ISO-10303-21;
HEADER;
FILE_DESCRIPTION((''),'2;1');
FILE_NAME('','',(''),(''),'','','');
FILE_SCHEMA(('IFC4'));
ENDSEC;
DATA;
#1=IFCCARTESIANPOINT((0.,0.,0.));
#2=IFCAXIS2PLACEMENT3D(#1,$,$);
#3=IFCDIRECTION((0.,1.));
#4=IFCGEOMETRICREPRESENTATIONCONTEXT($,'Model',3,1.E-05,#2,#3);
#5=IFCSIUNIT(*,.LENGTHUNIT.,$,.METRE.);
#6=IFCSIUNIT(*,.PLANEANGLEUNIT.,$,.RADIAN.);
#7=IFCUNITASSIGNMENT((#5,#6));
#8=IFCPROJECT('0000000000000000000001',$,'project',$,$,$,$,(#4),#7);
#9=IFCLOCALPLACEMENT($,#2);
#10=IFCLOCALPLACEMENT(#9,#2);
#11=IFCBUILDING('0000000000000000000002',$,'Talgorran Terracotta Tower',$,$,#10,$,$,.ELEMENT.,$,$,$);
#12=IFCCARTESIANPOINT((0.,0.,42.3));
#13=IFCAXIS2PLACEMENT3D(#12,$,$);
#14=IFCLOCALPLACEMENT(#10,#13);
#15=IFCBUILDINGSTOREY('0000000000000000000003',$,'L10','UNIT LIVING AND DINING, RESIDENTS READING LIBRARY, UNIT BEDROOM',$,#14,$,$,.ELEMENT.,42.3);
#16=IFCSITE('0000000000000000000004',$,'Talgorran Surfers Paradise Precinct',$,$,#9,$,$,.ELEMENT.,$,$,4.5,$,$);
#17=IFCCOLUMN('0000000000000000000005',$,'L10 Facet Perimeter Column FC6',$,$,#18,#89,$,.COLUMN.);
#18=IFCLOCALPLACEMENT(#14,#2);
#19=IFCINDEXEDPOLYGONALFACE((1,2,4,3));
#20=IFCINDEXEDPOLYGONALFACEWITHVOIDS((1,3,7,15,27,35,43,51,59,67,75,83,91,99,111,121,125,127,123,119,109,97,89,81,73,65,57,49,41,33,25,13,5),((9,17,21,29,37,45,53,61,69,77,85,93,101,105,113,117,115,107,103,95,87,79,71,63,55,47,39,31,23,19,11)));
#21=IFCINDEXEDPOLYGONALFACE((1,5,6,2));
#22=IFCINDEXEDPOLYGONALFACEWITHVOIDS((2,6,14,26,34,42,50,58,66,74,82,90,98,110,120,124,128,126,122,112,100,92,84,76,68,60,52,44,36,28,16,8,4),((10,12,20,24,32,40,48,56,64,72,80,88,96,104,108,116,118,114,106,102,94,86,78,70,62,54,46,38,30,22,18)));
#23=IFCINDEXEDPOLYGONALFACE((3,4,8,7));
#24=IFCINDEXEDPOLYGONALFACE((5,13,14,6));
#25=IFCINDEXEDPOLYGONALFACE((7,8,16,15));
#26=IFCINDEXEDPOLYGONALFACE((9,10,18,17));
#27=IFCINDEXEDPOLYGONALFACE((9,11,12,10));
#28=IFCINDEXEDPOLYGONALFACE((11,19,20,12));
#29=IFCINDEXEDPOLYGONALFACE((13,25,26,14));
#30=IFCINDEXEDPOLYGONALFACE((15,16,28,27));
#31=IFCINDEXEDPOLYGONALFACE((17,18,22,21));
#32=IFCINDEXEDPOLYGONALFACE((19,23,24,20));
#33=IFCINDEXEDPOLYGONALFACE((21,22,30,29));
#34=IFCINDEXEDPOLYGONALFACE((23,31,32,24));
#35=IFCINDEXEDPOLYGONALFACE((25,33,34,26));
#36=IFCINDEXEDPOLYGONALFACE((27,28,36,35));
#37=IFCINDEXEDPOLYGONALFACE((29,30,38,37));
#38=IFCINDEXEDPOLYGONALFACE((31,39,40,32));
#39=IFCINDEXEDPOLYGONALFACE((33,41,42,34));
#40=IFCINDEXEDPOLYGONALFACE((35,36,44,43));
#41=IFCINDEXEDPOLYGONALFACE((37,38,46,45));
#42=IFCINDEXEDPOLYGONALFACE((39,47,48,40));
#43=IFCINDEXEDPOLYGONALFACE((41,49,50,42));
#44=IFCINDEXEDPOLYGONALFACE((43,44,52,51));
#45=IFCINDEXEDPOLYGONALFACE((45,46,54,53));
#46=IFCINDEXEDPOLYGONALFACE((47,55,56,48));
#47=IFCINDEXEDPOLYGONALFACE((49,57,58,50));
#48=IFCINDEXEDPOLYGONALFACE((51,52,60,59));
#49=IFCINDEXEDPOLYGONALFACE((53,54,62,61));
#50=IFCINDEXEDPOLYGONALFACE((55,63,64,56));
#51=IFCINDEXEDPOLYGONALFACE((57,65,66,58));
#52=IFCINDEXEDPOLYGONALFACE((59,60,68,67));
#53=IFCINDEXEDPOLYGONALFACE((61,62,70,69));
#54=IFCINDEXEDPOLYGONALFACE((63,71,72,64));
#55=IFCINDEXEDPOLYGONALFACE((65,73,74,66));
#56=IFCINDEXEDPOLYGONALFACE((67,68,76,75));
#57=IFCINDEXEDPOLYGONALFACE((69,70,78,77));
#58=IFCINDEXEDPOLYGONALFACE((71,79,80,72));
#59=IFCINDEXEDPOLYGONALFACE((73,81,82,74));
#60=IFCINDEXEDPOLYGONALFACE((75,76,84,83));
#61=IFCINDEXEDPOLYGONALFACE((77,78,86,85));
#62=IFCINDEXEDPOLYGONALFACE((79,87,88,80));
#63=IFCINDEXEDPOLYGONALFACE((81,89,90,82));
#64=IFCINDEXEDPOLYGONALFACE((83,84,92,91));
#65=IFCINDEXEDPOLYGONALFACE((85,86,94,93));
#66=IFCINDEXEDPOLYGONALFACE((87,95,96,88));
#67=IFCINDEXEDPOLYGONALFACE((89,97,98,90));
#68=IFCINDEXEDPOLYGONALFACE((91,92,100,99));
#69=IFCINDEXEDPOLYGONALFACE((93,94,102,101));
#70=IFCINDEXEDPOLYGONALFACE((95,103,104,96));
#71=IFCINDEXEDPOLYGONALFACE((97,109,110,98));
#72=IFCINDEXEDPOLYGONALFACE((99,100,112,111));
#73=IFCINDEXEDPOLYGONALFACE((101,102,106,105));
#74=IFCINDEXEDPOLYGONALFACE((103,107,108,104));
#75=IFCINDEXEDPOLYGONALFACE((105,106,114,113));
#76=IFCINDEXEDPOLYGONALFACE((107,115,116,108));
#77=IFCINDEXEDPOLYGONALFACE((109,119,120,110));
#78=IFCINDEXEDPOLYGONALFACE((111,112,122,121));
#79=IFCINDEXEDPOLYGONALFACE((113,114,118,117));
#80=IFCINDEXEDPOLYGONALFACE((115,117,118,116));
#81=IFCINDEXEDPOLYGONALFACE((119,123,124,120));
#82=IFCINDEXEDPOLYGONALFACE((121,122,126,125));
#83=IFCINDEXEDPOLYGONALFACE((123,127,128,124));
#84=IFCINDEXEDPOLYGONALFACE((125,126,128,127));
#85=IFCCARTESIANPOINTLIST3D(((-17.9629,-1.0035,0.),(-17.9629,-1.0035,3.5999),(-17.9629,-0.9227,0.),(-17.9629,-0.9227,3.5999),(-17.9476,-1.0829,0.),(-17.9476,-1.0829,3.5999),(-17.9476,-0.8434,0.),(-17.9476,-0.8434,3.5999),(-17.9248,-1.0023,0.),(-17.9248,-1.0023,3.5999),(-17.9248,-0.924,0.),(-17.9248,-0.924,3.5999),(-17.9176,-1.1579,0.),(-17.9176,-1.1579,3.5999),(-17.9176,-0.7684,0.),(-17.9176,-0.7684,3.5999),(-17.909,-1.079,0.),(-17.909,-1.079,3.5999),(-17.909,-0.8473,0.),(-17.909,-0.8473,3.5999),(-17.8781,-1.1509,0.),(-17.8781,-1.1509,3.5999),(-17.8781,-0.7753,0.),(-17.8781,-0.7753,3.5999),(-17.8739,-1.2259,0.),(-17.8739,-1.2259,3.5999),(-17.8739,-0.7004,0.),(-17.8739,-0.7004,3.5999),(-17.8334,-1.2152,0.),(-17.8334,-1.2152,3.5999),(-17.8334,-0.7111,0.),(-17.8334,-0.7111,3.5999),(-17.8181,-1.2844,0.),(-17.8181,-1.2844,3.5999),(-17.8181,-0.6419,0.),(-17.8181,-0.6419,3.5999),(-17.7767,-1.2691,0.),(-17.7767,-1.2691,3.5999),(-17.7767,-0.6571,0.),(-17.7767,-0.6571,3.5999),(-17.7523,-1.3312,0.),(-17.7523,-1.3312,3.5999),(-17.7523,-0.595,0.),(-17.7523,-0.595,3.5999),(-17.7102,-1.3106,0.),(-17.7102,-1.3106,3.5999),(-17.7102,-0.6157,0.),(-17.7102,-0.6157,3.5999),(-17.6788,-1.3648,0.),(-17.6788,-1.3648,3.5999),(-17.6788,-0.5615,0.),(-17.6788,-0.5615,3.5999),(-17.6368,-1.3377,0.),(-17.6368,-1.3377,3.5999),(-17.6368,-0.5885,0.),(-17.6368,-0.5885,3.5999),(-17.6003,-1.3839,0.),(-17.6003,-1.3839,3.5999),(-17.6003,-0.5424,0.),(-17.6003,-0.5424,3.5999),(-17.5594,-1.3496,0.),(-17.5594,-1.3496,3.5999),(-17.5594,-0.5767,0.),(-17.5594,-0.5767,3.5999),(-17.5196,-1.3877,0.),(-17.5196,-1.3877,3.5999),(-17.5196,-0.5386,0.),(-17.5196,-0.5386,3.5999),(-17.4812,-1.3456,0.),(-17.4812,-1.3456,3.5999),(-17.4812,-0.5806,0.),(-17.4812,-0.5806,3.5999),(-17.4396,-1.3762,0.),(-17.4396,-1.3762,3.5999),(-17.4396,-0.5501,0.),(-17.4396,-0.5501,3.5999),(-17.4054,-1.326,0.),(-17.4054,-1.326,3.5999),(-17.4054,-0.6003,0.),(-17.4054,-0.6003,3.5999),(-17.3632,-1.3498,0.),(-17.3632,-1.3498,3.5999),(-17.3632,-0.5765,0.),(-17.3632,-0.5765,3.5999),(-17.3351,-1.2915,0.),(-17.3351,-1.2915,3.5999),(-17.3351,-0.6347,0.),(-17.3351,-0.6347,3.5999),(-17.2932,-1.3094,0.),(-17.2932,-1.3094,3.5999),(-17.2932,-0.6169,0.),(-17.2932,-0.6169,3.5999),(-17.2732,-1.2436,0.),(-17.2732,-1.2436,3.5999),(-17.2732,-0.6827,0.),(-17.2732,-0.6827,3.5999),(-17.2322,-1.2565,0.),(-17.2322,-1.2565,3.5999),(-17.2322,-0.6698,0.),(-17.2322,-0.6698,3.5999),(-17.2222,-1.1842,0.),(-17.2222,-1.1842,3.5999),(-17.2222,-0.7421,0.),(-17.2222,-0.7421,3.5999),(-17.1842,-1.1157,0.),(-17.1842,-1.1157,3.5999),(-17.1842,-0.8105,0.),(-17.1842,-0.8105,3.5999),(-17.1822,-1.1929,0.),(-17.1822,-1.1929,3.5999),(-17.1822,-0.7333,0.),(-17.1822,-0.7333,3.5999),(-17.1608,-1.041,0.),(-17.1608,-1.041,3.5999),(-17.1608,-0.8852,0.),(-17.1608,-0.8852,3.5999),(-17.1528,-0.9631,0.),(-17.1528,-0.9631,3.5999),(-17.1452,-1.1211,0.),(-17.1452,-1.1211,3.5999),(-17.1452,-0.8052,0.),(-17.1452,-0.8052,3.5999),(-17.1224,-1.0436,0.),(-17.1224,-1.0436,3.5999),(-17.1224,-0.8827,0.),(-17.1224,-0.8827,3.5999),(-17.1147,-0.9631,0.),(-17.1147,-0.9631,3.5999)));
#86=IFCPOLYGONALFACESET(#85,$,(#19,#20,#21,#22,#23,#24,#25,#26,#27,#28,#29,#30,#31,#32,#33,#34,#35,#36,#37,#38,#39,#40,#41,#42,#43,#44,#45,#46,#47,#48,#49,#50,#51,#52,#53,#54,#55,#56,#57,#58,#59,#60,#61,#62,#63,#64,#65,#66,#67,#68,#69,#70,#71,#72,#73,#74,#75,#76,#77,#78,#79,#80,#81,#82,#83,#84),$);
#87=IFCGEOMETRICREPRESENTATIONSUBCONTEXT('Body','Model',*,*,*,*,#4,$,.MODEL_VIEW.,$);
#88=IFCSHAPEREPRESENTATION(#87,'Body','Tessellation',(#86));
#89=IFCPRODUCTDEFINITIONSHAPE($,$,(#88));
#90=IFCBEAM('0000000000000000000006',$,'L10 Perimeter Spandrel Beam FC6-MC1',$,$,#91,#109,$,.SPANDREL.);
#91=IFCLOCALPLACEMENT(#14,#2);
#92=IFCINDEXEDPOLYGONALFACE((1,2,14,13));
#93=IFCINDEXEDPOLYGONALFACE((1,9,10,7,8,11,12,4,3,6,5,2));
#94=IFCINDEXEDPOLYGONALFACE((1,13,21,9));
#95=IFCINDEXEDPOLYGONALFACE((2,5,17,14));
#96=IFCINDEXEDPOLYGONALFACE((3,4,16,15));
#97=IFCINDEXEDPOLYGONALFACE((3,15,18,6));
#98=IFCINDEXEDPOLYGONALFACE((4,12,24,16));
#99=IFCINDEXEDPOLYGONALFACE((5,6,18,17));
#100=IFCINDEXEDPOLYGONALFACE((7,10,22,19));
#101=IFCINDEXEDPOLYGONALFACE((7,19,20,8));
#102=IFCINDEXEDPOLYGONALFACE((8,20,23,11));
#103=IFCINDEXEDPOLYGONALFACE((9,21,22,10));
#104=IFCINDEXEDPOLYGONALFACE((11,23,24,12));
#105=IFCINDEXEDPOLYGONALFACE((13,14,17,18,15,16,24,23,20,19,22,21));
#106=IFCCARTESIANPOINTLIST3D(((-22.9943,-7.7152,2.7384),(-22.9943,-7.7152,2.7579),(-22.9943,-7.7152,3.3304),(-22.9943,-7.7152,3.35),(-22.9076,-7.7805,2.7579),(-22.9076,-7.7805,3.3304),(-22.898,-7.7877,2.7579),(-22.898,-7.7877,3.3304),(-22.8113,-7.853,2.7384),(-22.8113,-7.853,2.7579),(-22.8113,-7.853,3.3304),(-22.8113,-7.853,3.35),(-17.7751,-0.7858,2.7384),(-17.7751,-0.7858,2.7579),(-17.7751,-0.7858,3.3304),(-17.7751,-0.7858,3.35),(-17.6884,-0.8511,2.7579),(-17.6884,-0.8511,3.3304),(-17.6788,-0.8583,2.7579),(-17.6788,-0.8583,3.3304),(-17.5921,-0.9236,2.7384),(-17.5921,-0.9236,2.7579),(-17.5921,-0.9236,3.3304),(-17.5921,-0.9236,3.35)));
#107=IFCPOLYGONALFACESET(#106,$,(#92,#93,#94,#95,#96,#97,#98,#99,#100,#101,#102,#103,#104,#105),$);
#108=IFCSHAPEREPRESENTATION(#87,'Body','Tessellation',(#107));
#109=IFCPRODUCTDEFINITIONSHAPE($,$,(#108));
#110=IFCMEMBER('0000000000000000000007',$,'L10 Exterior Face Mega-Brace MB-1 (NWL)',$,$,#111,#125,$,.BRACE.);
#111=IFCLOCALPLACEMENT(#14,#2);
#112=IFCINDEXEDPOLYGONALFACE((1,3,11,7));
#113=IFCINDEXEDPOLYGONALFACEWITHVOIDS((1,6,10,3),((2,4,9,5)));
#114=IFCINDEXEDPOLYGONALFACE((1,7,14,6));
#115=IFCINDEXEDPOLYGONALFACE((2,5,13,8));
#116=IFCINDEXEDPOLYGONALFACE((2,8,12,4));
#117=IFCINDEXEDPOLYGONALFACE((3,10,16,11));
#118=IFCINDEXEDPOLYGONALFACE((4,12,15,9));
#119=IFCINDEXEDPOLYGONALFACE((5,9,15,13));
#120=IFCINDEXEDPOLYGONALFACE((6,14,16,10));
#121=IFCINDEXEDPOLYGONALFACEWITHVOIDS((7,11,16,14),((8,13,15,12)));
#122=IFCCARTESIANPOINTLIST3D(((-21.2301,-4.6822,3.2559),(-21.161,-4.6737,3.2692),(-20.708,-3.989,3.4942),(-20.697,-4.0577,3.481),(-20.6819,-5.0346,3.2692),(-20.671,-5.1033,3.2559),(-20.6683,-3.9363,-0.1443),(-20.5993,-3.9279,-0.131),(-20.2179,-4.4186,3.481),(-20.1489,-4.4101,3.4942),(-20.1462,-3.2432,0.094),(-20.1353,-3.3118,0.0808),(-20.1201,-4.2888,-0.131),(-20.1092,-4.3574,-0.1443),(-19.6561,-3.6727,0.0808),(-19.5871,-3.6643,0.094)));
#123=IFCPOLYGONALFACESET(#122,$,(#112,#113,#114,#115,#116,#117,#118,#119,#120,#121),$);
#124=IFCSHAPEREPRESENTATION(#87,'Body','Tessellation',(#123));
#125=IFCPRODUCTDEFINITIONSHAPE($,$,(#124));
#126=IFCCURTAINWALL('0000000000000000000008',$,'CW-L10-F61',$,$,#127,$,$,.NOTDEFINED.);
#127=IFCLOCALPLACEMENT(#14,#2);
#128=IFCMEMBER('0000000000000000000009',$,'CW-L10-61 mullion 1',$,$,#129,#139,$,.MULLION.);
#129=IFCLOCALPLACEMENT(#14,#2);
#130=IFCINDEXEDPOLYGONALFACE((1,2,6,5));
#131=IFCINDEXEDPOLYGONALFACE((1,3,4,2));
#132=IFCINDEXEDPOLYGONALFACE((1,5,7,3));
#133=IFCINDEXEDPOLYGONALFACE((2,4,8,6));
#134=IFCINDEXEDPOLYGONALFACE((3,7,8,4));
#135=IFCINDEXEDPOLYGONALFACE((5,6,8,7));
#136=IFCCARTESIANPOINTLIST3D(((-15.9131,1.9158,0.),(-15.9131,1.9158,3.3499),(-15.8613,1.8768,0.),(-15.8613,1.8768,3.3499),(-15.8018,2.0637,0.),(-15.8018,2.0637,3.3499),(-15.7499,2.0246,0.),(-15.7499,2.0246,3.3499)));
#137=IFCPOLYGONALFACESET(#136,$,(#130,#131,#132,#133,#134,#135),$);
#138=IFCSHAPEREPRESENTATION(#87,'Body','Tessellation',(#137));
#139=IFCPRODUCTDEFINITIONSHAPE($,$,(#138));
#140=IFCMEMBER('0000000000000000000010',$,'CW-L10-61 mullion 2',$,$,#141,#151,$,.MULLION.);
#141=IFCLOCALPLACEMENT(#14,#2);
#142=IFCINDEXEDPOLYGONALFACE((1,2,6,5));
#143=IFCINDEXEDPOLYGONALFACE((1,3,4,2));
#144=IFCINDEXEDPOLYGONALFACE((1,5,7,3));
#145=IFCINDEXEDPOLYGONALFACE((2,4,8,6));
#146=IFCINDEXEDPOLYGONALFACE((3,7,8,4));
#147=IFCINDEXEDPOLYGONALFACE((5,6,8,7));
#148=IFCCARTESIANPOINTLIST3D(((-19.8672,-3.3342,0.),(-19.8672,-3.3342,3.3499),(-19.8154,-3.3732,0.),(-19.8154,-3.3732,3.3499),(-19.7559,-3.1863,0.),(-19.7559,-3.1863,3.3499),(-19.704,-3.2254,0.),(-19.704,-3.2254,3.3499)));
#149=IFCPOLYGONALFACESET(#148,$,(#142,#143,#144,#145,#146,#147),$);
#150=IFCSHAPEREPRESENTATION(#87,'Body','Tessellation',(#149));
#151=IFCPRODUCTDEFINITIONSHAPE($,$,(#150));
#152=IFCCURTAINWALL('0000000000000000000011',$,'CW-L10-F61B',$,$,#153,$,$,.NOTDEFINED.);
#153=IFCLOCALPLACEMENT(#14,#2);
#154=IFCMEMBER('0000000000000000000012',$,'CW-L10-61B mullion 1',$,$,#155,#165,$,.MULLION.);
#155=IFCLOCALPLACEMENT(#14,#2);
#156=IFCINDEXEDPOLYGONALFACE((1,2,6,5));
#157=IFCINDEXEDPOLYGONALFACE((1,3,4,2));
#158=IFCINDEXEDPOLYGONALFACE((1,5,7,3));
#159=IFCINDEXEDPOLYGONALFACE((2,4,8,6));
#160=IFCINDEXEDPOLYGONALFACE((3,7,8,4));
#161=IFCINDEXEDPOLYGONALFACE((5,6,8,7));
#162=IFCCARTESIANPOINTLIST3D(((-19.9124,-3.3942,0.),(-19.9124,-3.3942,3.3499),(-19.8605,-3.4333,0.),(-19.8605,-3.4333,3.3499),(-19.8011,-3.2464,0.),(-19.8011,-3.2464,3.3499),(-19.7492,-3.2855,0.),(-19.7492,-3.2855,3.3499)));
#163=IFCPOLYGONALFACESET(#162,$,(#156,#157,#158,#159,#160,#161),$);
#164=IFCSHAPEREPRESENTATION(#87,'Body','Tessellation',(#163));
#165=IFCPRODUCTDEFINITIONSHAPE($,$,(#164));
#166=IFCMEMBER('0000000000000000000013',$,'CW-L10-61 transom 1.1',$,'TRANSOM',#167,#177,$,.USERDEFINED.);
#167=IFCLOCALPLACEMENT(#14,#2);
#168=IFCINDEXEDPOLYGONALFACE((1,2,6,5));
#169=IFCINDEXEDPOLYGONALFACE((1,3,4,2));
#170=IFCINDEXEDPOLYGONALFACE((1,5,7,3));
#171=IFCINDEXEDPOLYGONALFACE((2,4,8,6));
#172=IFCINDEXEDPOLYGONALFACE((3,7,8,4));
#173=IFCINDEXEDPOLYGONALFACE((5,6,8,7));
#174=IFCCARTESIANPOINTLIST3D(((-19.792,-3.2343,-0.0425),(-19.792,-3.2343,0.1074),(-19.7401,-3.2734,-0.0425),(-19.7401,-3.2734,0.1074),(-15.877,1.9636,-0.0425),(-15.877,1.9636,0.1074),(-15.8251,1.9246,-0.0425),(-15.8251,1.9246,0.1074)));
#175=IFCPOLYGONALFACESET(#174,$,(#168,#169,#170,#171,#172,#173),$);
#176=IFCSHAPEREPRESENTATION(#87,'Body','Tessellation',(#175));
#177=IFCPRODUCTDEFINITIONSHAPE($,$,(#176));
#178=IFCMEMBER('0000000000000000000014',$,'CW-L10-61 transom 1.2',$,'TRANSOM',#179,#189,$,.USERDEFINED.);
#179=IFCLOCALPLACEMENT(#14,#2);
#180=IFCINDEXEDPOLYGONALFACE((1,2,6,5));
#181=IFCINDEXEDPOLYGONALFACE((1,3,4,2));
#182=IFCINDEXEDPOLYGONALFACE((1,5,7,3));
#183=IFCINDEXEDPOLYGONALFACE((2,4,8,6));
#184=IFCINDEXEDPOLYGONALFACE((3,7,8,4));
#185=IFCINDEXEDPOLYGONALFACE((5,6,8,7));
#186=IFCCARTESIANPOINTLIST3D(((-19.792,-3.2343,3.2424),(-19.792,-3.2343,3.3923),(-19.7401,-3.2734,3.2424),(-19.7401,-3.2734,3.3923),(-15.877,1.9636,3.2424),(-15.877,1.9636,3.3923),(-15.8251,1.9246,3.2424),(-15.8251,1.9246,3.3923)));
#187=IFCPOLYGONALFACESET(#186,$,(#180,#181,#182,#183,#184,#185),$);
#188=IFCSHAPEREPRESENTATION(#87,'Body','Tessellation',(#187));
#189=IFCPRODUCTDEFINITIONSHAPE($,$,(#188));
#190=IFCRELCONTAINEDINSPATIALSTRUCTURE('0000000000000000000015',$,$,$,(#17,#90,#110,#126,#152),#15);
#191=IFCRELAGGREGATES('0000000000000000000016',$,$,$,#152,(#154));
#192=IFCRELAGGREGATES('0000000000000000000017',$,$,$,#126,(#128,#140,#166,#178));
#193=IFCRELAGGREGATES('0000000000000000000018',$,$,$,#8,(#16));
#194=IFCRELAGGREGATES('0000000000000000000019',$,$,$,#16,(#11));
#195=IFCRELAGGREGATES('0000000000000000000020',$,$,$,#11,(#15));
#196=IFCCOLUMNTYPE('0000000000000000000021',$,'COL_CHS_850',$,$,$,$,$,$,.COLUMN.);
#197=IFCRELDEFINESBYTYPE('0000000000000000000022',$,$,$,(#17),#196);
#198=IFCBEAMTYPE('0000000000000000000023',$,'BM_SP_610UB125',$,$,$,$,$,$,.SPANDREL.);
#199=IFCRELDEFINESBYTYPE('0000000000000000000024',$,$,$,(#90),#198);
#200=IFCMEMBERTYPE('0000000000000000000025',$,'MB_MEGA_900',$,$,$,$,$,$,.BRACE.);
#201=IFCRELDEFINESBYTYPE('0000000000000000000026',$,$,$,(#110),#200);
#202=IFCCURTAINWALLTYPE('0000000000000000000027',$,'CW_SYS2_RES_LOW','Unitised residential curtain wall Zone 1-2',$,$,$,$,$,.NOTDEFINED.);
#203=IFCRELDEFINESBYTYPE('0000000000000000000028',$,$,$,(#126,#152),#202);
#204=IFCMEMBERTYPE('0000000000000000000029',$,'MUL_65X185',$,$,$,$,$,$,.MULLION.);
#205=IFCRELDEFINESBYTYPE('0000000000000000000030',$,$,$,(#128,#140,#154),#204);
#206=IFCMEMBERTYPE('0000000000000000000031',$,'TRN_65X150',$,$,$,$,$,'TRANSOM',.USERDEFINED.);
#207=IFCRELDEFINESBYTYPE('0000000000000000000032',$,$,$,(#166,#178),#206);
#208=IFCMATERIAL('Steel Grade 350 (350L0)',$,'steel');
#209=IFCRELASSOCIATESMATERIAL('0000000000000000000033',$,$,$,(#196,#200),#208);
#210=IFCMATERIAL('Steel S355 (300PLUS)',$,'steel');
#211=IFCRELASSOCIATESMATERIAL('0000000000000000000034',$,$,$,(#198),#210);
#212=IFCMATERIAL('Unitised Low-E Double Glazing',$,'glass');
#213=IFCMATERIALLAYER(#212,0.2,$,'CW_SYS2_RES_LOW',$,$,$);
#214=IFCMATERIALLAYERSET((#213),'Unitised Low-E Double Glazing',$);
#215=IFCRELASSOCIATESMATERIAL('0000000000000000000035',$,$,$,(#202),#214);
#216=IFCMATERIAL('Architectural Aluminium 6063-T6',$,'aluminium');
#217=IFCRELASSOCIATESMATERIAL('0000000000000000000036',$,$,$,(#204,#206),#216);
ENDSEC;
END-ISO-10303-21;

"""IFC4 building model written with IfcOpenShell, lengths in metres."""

from ifc_helpers import new_model, si_unit, direction, frame, origin, origin_2d, place, context, subcontext, project, spatial, rectangle, hollow_rectangle, hollow_circle, i_section, extrude, material, layer, layer_set, material_profile, profile_set, type_object, element, aggregate, save


model = new_model("IFC4")

# Units and contexts
model_context = context("Model", 3, precision=1e-05, world=origin(), true_north=direction((0.0, 1.0)))
body_context = subcontext(model_context, "Body", "Model", "MODEL_VIEW")
ifc_project = project(units=[si_unit("LENGTHUNIT", "METRE"), si_unit("PLANEANGLEUNIT", "RADIAN")], contexts=[model_context])

# Site, building, storey
site_placement = place(None, origin())
site = spatial("IfcSite", under=ifc_project, at=site_placement, Name="Talgorran Surfers Paradise Precinct", CompositionType="ELEMENT", RefElevation=4.5)
building_placement = place(site_placement, origin())
building = spatial("IfcBuilding", under=site, at=building_placement, Name="Talgorran Terracotta Tower", CompositionType="ELEMENT")
storey_placement = place(building_placement, frame((0.0, 0.0, 42.3)))
storey = spatial("IfcBuildingStorey", under=building, at=storey_placement, Name="L10", Description="UNIT LIVING AND DINING, RESIDENTS READING LIBRARY, UNIT BEDROOM", CompositionType="ELEMENT", Elevation=42.3)

# Column
ifc_material_1 = material(Name="Steel Grade 350 (350L0)", Category="steel")
ifc_material_profile_1 = material_profile(ifc_material_1, hollow_circle(Radius=0.425, WallThickness=0.0381, at=origin_2d()), Name="CHS850X38")
ifc_profile_set_1 = profile_set([ifc_material_profile_1], Name="Steel Grade 350 (350L0)")
column_type = type_object("IfcColumnType", Name="COL_CHS_850", PredefinedType="COLUMN", material=ifc_profile_set_1)
column_placement = place(storey_placement, frame((-17.5398, -0.9631, 0.0), z_axis=(0.0, 0.0, 1.0), x_axis=(1.0, 0.0, 0.0)))
element("IfcColumn", 1, at=column_placement, inside=storey, type_object=column_type, Name="L10 Facet Perimeter Column FC6", PredefinedType="COLUMN", context=body_context, shape_type="SweptSolid", body=[
    extrude(hollow_circle(Radius=0.425, WallThickness=0.0381, at=origin_2d()), origin(), (0.0, 0.0, 1.0), 3.5999),
])

# Beam
ifc_material_2 = material(Name="Steel S355 (300PLUS)", Category="steel")
ifc_material_profile_2 = material_profile(ifc_material_2, i_section(OverallWidth=0.229, OverallDepth=0.6116, WebThickness=0.012, FlangeThickness=0.0195, at=origin_2d()), Name="610UB125")
ifc_profile_set_2 = profile_set([ifc_material_profile_2], Name="Steel S355 (300PLUS)")
beam_type = type_object("IfcBeamType", Name="BM_SP_610UB125", PredefinedType="SPANDREL", material=ifc_profile_set_2)
beam_placement = place(storey_placement, frame((-17.6836, -0.8547, 3.0442), z_axis=(-0.601633, -0.798772, 0.0), x_axis=(0.798772, -0.601633, 0.0)))
element("IfcBeam", 2, at=beam_placement, inside=storey, type_object=beam_type, Name="L10 Perimeter Spandrel Beam FC6-MC1", PredefinedType="SPANDREL", context=body_context, shape_type="SweptSolid", body=[
    extrude(i_section(OverallWidth=0.229, OverallDepth=0.6116, WebThickness=0.012, FlangeThickness=0.0195, at=origin_2d()), origin(), (0.0, 0.0, 1.0), 8.675),
])

# Member
ifc_material_profile_3 = material_profile(ifc_material_1, hollow_rectangle(XDim=0.7, YDim=0.8999, WallThickness=0.05, at=origin_2d()), Name="WBOX900X700X50")
ifc_profile_set_3 = profile_set([ifc_material_profile_3], Name="Steel Grade 350 (350L0)")
member_type_1 = type_object("IfcMemberType", Name="MB_MEGA_900", PredefinedType="BRACE", material=ifc_profile_set_3)
member_1_placement = place(storey_placement, frame((-20.1277, -3.8003, -0.0251), z_axis=(-0.15932, -0.211527, 0.964299), x_axis=(0.798775, -0.60163, 0.0)))
element("IfcMember", 3, at=member_1_placement, inside=storey, type_object=member_type_1, Name="L10 Exterior Face Mega-Brace MB-1 (NWL)", PredefinedType="BRACE", context=body_context, shape_type="SweptSolid", body=[
    extrude(hollow_rectangle(XDim=0.7, YDim=0.8999, WallThickness=0.05, at=origin_2d()), origin(), (0.0, 0.0, 1.0), 3.5261),
])

# Curtain wall, members
ifc_material_3 = material(Name="Unitised Low-E Double Glazing", Category="glass")
ifc_layer_1 = layer(ifc_material_3, 0.2, Name="CW_SYS2_RES_LOW")
ifc_layer_set_1 = layer_set([ifc_layer_1], Name="Unitised Low-E Double Glazing")
curtain_wall_type = type_object("IfcCurtainWallType", Name="CW_SYS2_RES_LOW", Description="Unitised residential curtain wall Zone 1-2", PredefinedType="NOTDEFINED", material=ifc_layer_set_1)
curtain_wall_1_placement = place(storey_placement, origin())
curtain_wall_1 = element("IfcCurtainWall", 4, at=curtain_wall_1_placement, inside=storey, type_object=curtain_wall_type, Name="CW-L10-F61", PredefinedType="NOTDEFINED")
ifc_material_4 = material(Name="Architectural Aluminium 6063-T6", Category="aluminium")
ifc_material_profile_4 = material_profile(ifc_material_4, rectangle(XDim=0.0649, YDim=0.1851, at=origin_2d()), Name="CWM65X185")
ifc_profile_set_4 = profile_set([ifc_material_profile_4], Name="Architectural Aluminium 6063-T6")
member_type_2 = type_object("IfcMemberType", Name="MUL_65X185", PredefinedType="MULLION", material=ifc_profile_set_4)
member_2_placement = place(storey_placement, frame((-15.8315, 1.9702, 0.0), z_axis=(0.0, 0.0, 1.0), x_axis=(0.798778, -0.601626, 0.0)))
member_2 = element("IfcMember", 5, at=member_2_placement, type_object=member_type_2, Name="CW-L10-61 mullion 1", PredefinedType="MULLION", context=body_context, shape_type="SweptSolid", body=[
    extrude(rectangle(XDim=0.0649, YDim=0.1851, at=origin_2d()), origin(), (0.0, 0.0, 1.0), 3.3499),
])
member_3_placement = place(storey_placement, frame((-19.7856, -3.2798, 0.0), z_axis=(0.0, 0.0, 1.0), x_axis=(0.798778, -0.601626, 0.0)))
member_3 = element("IfcMember", 6, at=member_3_placement, type_object=member_type_2, Name="CW-L10-61 mullion 2", PredefinedType="MULLION", context=body_context, shape_type="SweptSolid", body=[
    extrude(rectangle(XDim=0.0649, YDim=0.1851, at=origin_2d()), origin(), (0.0, 0.0, 1.0), 3.3499),
])

# Curtain wall, member
curtain_wall_2_placement = place(storey_placement, origin())
curtain_wall_2 = element("IfcCurtainWall", 7, at=curtain_wall_2_placement, inside=storey, type_object=curtain_wall_type, Name="CW-L10-F61B", PredefinedType="NOTDEFINED")
member_4_placement = place(storey_placement, frame((-19.8308, -3.3398, 0.0), z_axis=(0.0, 0.0, 1.0), x_axis=(0.798782, -0.60162, 0.0)))
member_4 = element("IfcMember", 8, at=member_4_placement, type_object=member_type_2, Name="CW-L10-61B mullion 1", PredefinedType="MULLION", context=body_context, shape_type="SweptSolid", body=[
    extrude(rectangle(XDim=0.0649, YDim=0.1851, at=origin_2d()), origin(), (0.0, 0.0, 1.0), 3.3499),
])

# Members
ifc_material_profile_5 = material_profile(ifc_material_4, rectangle(XDim=0.0649, YDim=0.1499, at=origin_2d()), Name="CWT65X150")
ifc_profile_set_5 = profile_set([ifc_material_profile_5], Name="Architectural Aluminium 6063-T6")
member_type_3 = type_object("IfcMemberType", Name="TRN_65X150", ElementType="TRANSOM", PredefinedType="USERDEFINED", material=ifc_profile_set_5)
member_5_placement = place(storey_placement, frame((-15.8511, 1.9441, 0.0325), z_axis=(-0.601626, -0.798778, 0.0), x_axis=(0.798778, -0.601626, 0.0)))
member_5 = element("IfcMember", 9, at=member_5_placement, type_object=member_type_3, Name="CW-L10-61 transom 1.1", ObjectType="TRANSOM", PredefinedType="USERDEFINED", context=body_context, shape_type="SweptSolid", body=[
    extrude(rectangle(XDim=0.0649, YDim=0.1499, at=origin_2d()), origin(), (0.0, 0.0, 1.0), 6.5073),
])
member_6_placement = place(storey_placement, frame((-15.8511, 1.9441, 3.3174), z_axis=(-0.601626, -0.798778, 0.0), x_axis=(0.798778, -0.601626, 0.0)))
member_6 = element("IfcMember", 10, at=member_6_placement, type_object=member_type_3, Name="CW-L10-61 transom 1.2", ObjectType="TRANSOM", PredefinedType="USERDEFINED", context=body_context, shape_type="SweptSolid", body=[
    extrude(rectangle(XDim=0.0649, YDim=0.1499, at=origin_2d()), origin(), (0.0, 0.0, 1.0), 6.5073),
])

aggregate(curtain_wall_2, [member_4])
aggregate(curtain_wall_1, [member_2, member_3, member_5, member_6])

save(model, "model.ifc")
